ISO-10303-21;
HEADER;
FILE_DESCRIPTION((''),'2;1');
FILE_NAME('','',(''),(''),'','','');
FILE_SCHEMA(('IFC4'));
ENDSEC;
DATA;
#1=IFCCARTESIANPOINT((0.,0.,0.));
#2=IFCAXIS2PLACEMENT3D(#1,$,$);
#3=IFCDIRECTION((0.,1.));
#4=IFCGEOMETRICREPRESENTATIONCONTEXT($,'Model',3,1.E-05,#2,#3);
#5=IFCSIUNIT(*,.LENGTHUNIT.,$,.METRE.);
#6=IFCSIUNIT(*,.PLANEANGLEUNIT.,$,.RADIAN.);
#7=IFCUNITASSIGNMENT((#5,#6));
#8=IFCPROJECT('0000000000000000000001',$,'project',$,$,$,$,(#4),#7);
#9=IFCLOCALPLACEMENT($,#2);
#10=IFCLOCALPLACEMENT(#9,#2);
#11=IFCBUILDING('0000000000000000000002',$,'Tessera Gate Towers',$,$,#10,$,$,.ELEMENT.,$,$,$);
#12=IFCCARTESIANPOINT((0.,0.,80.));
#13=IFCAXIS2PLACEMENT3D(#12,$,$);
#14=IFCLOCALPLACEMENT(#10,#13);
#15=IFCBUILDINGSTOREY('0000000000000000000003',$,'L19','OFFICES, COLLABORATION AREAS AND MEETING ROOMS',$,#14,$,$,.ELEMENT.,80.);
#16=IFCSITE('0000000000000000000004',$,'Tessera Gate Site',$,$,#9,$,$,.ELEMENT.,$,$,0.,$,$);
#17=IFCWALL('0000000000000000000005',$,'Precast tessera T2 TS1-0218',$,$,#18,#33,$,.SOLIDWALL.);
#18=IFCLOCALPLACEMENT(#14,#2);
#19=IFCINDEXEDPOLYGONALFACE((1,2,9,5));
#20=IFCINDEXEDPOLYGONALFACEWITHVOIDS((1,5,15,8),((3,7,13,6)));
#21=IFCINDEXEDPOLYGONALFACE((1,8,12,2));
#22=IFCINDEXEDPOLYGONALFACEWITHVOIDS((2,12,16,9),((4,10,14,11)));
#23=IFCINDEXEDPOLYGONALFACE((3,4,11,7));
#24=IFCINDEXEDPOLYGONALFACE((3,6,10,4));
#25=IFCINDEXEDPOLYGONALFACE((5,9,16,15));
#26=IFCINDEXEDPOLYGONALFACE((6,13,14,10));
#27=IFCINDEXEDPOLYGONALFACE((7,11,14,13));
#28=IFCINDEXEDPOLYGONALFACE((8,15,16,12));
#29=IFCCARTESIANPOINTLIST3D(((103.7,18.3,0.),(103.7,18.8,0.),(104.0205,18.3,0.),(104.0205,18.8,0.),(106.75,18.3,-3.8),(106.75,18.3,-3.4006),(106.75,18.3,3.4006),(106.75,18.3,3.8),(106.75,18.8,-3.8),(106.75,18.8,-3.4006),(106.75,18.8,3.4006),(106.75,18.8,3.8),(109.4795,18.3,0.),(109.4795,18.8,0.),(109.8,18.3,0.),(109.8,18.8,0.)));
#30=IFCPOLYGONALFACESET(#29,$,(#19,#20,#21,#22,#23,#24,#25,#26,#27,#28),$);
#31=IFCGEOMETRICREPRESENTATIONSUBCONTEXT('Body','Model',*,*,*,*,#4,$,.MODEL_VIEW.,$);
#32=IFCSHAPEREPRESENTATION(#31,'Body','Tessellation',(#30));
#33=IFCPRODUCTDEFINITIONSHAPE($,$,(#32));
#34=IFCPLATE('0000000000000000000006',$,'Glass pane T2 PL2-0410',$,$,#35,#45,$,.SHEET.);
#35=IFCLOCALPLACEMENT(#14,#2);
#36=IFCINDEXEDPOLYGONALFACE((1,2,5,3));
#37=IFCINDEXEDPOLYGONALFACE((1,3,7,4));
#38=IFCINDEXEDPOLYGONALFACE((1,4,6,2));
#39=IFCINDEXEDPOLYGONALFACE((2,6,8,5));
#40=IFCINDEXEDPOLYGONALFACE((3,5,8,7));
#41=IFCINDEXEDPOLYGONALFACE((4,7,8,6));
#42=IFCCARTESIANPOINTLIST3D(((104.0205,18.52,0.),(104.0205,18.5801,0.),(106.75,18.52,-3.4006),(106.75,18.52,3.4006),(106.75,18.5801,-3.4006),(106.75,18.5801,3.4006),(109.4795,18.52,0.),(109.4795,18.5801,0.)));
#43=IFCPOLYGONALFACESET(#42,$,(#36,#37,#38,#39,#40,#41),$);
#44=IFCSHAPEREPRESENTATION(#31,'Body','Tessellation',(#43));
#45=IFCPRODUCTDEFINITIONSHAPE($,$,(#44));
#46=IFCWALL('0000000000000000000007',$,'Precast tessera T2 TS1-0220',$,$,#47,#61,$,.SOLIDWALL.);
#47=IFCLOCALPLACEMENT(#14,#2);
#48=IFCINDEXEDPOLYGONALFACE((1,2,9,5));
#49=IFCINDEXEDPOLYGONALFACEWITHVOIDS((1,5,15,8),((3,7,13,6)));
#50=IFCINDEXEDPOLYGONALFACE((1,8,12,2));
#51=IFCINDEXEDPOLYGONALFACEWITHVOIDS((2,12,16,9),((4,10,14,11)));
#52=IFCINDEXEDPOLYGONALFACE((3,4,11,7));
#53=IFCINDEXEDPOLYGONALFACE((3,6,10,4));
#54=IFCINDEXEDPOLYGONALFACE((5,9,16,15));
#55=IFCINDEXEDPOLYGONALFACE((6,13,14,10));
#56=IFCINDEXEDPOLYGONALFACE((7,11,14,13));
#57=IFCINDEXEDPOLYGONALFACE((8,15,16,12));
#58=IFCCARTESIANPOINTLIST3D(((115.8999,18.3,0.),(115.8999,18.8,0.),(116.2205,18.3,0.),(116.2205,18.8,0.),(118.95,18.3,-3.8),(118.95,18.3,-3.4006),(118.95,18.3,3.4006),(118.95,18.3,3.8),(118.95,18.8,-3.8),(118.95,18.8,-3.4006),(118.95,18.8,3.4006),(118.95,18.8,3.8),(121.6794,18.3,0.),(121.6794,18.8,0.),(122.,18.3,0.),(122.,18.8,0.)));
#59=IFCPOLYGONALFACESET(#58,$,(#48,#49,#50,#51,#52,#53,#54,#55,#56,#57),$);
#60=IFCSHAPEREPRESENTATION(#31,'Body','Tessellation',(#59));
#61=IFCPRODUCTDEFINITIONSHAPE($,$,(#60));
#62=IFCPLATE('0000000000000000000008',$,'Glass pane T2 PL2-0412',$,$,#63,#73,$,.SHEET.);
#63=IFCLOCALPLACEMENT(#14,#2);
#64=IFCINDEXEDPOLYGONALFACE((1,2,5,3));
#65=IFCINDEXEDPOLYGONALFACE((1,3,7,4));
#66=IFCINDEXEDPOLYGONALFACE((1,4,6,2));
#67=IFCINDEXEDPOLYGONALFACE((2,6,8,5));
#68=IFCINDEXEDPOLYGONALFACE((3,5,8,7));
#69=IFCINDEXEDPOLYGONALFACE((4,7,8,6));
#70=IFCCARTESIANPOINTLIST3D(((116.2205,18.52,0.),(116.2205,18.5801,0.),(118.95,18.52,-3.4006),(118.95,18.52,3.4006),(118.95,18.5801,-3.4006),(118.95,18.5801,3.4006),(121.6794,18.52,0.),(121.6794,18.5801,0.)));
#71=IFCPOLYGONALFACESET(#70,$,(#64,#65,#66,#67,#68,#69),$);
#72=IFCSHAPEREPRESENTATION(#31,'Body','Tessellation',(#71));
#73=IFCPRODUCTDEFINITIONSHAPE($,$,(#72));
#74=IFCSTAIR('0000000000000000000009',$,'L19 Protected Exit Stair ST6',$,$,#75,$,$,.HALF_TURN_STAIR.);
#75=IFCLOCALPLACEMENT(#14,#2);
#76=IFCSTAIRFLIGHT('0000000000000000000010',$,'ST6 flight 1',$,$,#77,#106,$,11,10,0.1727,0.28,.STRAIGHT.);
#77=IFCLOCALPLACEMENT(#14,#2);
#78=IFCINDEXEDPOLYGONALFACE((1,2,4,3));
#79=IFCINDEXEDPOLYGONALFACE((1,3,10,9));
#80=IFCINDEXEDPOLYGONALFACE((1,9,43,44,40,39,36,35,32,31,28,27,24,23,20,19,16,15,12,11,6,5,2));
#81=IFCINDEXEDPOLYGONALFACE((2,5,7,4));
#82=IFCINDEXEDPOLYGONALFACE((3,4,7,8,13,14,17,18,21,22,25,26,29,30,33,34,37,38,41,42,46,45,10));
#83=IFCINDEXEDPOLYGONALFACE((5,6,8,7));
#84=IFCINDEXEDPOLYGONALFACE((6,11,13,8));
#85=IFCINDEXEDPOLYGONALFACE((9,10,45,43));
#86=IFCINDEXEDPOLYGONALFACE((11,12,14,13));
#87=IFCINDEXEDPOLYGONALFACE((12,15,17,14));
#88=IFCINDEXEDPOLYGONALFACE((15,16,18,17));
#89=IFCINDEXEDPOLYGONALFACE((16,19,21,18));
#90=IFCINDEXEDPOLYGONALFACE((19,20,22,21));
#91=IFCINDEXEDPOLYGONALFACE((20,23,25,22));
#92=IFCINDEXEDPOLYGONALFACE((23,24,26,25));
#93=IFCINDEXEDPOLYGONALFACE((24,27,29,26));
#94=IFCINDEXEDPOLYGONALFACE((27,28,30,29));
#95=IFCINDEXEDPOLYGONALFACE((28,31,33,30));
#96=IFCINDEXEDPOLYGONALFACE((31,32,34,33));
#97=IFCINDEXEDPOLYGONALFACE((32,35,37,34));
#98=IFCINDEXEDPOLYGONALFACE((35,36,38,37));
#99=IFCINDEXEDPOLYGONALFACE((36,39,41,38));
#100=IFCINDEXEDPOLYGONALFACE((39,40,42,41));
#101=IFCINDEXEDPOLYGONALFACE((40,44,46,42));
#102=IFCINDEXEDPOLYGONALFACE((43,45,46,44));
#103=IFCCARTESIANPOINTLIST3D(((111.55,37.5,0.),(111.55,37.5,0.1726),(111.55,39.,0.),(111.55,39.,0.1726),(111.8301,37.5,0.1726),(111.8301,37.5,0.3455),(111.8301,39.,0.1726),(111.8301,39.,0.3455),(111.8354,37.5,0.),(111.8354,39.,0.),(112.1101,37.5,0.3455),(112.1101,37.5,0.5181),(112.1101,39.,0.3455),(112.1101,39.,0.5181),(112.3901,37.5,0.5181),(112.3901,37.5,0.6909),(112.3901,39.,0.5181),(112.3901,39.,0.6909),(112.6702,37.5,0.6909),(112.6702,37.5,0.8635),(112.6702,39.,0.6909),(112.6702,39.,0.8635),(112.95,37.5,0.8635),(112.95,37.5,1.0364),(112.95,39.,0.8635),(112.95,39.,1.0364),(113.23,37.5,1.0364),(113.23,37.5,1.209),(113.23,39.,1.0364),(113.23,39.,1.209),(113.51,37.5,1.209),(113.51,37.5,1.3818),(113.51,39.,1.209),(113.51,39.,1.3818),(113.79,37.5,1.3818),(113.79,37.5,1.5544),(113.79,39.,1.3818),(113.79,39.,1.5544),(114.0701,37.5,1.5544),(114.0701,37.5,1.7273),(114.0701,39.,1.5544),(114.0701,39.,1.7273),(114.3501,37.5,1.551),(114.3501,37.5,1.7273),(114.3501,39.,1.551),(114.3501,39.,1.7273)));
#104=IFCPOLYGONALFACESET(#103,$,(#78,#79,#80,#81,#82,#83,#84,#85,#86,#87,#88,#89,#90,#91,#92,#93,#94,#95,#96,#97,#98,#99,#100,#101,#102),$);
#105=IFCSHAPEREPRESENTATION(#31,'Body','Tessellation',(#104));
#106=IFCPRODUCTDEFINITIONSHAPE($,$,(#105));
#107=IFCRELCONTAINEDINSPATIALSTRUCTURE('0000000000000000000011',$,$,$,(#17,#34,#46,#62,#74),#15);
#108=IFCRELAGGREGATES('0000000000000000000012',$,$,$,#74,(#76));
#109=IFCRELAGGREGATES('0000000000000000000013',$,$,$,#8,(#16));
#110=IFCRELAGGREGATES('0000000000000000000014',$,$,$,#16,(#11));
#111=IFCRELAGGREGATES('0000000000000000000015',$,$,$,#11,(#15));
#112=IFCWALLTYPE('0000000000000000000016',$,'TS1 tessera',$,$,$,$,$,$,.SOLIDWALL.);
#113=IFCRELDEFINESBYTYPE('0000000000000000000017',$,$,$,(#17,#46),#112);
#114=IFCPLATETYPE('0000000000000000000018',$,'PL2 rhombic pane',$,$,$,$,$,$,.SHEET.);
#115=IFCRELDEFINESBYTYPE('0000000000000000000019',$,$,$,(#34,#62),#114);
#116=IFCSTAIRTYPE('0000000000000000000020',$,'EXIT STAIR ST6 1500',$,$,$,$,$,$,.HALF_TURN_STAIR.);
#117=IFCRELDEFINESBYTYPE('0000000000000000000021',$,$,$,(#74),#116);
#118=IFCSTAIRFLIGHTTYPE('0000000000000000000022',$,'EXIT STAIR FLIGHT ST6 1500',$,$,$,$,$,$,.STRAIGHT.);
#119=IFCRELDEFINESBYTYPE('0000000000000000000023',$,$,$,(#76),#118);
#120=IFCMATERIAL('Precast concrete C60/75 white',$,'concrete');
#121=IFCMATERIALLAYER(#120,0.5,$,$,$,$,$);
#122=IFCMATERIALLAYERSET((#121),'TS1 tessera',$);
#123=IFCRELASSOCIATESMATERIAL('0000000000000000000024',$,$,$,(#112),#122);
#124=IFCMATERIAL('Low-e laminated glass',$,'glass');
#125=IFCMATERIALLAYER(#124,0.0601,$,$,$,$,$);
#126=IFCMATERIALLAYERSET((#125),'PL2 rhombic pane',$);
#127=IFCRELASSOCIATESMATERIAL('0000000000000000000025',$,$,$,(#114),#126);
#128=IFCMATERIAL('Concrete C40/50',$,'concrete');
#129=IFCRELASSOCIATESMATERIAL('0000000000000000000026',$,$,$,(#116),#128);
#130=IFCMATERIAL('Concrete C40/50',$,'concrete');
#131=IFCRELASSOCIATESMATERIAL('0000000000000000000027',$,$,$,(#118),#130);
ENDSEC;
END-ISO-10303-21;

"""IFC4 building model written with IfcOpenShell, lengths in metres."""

from ifc_helpers import new_model, si_unit, direction, frame, origin, place, context, subcontext, project, spatial, polyline, outline, extrude, source, transform, mapped, material, layer, layer_set, type_object, element, fill, aggregate, save


model = new_model("IFC4")

# Units and contexts
model_context = context("Model", 3, precision=1e-05, world=origin(), true_north=direction((0.0, 1.0)))
body_context = subcontext(model_context, "Body", "Model", "MODEL_VIEW")
ifc_project = project(units=[si_unit("LENGTHUNIT", "METRE"), si_unit("PLANEANGLEUNIT", "RADIAN")], contexts=[model_context])

# Site, building, storey
site_placement = place(None, origin())
site = spatial("IfcSite", under=ifc_project, at=site_placement, Name="Tessera Gate Site", CompositionType="ELEMENT", RefElevation=0.0)
building_placement = place(site_placement, origin())
building = spatial("IfcBuilding", under=site, at=building_placement, Name="Tessera Gate Towers", CompositionType="ELEMENT")
storey_placement = place(building_placement, frame((0.0, 0.0, 80.0)))
storey = spatial("IfcBuildingStorey", under=building, at=storey_placement, Name="L19", Description="OFFICES, COLLABORATION AREAS AND MEETING ROOMS", CompositionType="ELEMENT", Elevation=80.0)

# Walls, openings, plates
ifc_material_1 = material(Name="Precast concrete C60/75 white", Category="concrete")
ifc_layer_1 = layer(ifc_material_1, 0.5)
ifc_layer_set_1 = layer_set([ifc_layer_1], Name="TS1 tessera")
wall_type_1 = type_object("IfcWallType", Name="TS1 tessera", PredefinedType="SOLIDWALL", material=ifc_layer_set_1)
shared_shape_1 = source(origin(), body_context, "Body", "SweptSolid", [
    extrude(outline(polyline([(3.05, 0.0), (6.1001, 3.8), (3.05, 7.6001), (0.0, 3.8), (3.05, 0.0)])), frame((0.0, 0.25, 0.0), z_axis=(0.0, -1.0, 0.0), x_axis=(1.0, 0.0, 0.0)), (0.0, 0.0, 1.0), 0.5),
])
wall_1_placement = place(storey_placement, frame((103.7, 18.55, -3.8), z_axis=(0.0, 0.0, 1.0), x_axis=(1.0, 0.0, 0.0)))
wall_1 = element("IfcWall", 1, at=wall_1_placement, inside=storey, type_object=wall_type_1, Name="Precast tessera T2 TS1-0218", PredefinedType="SOLIDWALL", context=body_context, shape_type="MappedRepresentation", body=[
    mapped(shared_shape_1, transform((0.0, 0.0, 0.0), scale=1.0)),
])
shared_shape_2 = source(origin(), body_context, "Body", "SweptSolid", [
    extrude(outline(polyline([(3.05, 0.3994), (5.7795, 3.8), (3.05, 7.2007), (0.3206, 3.8), (3.05, 0.3994)])), frame((0.0, 0.26, 0.0), z_axis=(0.0, -1.0, 0.0), x_axis=(1.0, 0.0, 0.0)), (0.0, 0.0, 1.0), 0.52),
])
opening_1_placement = place(wall_1_placement, origin())
opening_1 = element("IfcOpeningElement", 2, at=opening_1_placement, cuts=wall_1, PredefinedType="OPENING", context=body_context, shape_type="MappedRepresentation", body=[
    mapped(shared_shape_2, transform((0.0, 0.0, 0.0), scale=1.0)),
])
ifc_material_2 = material(Name="Low-e laminated glass", Category="glass")
ifc_layer_2 = layer(ifc_material_2, 0.0601)
ifc_layer_set_2 = layer_set([ifc_layer_2], Name="PL2 rhombic pane")
plate_type = type_object("IfcPlateType", Name="PL2 rhombic pane", PredefinedType="SHEET", material=ifc_layer_set_2)
shared_shape_3 = source(origin(), body_context, "Body", "SweptSolid", [
    extrude(outline(polyline([(3.05, 0.3994), (5.7795, 3.8), (3.05, 7.2007), (0.3206, 3.8), (3.05, 0.3994)])), frame((0.0, 0.03, 0.0), z_axis=(0.0, -1.0, 0.0), x_axis=(1.0, 0.0, 0.0)), (0.0, 0.0, 1.0), 0.0601),
])
plate_1_placement = place(opening_1_placement, origin())
plate_1 = element("IfcPlate", 3, at=plate_1_placement, inside=storey, type_object=plate_type, Name="Glass pane T2 PL2-0410", PredefinedType="SHEET", context=body_context, shape_type="MappedRepresentation", body=[
    mapped(shared_shape_3, transform((0.0, 0.0, 0.0), scale=1.0)),
])
fill(opening_1, plate_1)
wall_2_placement = place(storey_placement, frame((115.8999, 18.55, -3.8), z_axis=(0.0, 0.0, 1.0), x_axis=(1.0, 0.0, 0.0)))
wall_2 = element("IfcWall", 4, at=wall_2_placement, inside=storey, type_object=wall_type_1, Name="Precast tessera T2 TS1-0220", PredefinedType="SOLIDWALL", context=body_context, shape_type="MappedRepresentation", body=[
    mapped(shared_shape_1, transform((0.0, 0.0, 0.0), scale=1.0)),
])
opening_2_placement = place(wall_2_placement, origin())
opening_2 = element("IfcOpeningElement", 5, at=opening_2_placement, cuts=wall_2, PredefinedType="OPENING", context=body_context, shape_type="MappedRepresentation", body=[
    mapped(shared_shape_2, transform((0.0, 0.0, 0.0), scale=1.0)),
])
plate_2_placement = place(opening_2_placement, origin())
plate_2 = element("IfcPlate", 6, at=plate_2_placement, inside=storey, type_object=plate_type, Name="Glass pane T2 PL2-0412", PredefinedType="SHEET", context=body_context, shape_type="MappedRepresentation", body=[
    mapped(shared_shape_3, transform((0.0, 0.0, 0.0), scale=1.0)),
])
fill(opening_2, plate_2)

# Stair, stair flight
ifc_material_3 = material(Name="Concrete C40/50", Category="concrete")
stair_type = type_object("IfcStairType", Name="EXIT STAIR ST6 1500", PredefinedType="HALF_TURN_STAIR", material=ifc_material_3)
stair_placement = place(storey_placement, origin())
stair = element("IfcStair", 7, at=stair_placement, inside=storey, type_object=stair_type, Name="L19 Protected Exit Stair ST6", PredefinedType="HALF_TURN_STAIR")
ifc_material_4 = material(Name="Concrete C40/50", Category="concrete")
stair_flight_type = type_object("IfcStairFlightType", Name="EXIT STAIR FLIGHT ST6 1500", PredefinedType="STRAIGHT", material=ifc_material_4)
stair_flight_placement = place(storey_placement, frame((111.55, 38.25, 0.0), z_axis=(0.0, 0.0, 1.0), x_axis=(1.0, 0.0, 0.0)))
stair_flight = element("IfcStairFlight", 8, at=stair_flight_placement, type_object=stair_flight_type, Name="ST6 flight 1", NumberOfRisers=11, NumberOfTreads=10, PredefinedType="STRAIGHT", RiserHeight=0.1727, TreadLength=0.28, context=body_context, shape_type="SweptSolid", body=[
    extrude(outline(polyline([(0.0, 0.0), (0.0, 0.1726), (0.28, 0.1726), (0.28, 0.3455), (0.5601, 0.3455), (0.5601, 0.5181), (0.8401, 0.5181), (0.8401, 0.6909), (1.1201, 0.6909), (1.1201, 0.8635), (1.3999, 0.8635), (1.3999, 1.0364), (1.6799, 1.0364), (1.6799, 1.209), (1.96, 1.209), (1.96, 1.3818), (2.24, 1.3818), (2.24, 1.5544), (2.52, 1.5544), (2.52, 1.7273), (2.8, 1.7273), (2.8, 1.8999), (2.8, 1.551), (0.2854, 0.0), (0.0, 0.0)])), frame((0.0, 0.75, 0.0), z_axis=(0.0, -1.0, 0.0), x_axis=(1.0, 0.0, 0.0)), (0.0, 0.0, 1.0), 1.5),
])
aggregate(stair, [stair_flight])

save(model, "model.ifc")
